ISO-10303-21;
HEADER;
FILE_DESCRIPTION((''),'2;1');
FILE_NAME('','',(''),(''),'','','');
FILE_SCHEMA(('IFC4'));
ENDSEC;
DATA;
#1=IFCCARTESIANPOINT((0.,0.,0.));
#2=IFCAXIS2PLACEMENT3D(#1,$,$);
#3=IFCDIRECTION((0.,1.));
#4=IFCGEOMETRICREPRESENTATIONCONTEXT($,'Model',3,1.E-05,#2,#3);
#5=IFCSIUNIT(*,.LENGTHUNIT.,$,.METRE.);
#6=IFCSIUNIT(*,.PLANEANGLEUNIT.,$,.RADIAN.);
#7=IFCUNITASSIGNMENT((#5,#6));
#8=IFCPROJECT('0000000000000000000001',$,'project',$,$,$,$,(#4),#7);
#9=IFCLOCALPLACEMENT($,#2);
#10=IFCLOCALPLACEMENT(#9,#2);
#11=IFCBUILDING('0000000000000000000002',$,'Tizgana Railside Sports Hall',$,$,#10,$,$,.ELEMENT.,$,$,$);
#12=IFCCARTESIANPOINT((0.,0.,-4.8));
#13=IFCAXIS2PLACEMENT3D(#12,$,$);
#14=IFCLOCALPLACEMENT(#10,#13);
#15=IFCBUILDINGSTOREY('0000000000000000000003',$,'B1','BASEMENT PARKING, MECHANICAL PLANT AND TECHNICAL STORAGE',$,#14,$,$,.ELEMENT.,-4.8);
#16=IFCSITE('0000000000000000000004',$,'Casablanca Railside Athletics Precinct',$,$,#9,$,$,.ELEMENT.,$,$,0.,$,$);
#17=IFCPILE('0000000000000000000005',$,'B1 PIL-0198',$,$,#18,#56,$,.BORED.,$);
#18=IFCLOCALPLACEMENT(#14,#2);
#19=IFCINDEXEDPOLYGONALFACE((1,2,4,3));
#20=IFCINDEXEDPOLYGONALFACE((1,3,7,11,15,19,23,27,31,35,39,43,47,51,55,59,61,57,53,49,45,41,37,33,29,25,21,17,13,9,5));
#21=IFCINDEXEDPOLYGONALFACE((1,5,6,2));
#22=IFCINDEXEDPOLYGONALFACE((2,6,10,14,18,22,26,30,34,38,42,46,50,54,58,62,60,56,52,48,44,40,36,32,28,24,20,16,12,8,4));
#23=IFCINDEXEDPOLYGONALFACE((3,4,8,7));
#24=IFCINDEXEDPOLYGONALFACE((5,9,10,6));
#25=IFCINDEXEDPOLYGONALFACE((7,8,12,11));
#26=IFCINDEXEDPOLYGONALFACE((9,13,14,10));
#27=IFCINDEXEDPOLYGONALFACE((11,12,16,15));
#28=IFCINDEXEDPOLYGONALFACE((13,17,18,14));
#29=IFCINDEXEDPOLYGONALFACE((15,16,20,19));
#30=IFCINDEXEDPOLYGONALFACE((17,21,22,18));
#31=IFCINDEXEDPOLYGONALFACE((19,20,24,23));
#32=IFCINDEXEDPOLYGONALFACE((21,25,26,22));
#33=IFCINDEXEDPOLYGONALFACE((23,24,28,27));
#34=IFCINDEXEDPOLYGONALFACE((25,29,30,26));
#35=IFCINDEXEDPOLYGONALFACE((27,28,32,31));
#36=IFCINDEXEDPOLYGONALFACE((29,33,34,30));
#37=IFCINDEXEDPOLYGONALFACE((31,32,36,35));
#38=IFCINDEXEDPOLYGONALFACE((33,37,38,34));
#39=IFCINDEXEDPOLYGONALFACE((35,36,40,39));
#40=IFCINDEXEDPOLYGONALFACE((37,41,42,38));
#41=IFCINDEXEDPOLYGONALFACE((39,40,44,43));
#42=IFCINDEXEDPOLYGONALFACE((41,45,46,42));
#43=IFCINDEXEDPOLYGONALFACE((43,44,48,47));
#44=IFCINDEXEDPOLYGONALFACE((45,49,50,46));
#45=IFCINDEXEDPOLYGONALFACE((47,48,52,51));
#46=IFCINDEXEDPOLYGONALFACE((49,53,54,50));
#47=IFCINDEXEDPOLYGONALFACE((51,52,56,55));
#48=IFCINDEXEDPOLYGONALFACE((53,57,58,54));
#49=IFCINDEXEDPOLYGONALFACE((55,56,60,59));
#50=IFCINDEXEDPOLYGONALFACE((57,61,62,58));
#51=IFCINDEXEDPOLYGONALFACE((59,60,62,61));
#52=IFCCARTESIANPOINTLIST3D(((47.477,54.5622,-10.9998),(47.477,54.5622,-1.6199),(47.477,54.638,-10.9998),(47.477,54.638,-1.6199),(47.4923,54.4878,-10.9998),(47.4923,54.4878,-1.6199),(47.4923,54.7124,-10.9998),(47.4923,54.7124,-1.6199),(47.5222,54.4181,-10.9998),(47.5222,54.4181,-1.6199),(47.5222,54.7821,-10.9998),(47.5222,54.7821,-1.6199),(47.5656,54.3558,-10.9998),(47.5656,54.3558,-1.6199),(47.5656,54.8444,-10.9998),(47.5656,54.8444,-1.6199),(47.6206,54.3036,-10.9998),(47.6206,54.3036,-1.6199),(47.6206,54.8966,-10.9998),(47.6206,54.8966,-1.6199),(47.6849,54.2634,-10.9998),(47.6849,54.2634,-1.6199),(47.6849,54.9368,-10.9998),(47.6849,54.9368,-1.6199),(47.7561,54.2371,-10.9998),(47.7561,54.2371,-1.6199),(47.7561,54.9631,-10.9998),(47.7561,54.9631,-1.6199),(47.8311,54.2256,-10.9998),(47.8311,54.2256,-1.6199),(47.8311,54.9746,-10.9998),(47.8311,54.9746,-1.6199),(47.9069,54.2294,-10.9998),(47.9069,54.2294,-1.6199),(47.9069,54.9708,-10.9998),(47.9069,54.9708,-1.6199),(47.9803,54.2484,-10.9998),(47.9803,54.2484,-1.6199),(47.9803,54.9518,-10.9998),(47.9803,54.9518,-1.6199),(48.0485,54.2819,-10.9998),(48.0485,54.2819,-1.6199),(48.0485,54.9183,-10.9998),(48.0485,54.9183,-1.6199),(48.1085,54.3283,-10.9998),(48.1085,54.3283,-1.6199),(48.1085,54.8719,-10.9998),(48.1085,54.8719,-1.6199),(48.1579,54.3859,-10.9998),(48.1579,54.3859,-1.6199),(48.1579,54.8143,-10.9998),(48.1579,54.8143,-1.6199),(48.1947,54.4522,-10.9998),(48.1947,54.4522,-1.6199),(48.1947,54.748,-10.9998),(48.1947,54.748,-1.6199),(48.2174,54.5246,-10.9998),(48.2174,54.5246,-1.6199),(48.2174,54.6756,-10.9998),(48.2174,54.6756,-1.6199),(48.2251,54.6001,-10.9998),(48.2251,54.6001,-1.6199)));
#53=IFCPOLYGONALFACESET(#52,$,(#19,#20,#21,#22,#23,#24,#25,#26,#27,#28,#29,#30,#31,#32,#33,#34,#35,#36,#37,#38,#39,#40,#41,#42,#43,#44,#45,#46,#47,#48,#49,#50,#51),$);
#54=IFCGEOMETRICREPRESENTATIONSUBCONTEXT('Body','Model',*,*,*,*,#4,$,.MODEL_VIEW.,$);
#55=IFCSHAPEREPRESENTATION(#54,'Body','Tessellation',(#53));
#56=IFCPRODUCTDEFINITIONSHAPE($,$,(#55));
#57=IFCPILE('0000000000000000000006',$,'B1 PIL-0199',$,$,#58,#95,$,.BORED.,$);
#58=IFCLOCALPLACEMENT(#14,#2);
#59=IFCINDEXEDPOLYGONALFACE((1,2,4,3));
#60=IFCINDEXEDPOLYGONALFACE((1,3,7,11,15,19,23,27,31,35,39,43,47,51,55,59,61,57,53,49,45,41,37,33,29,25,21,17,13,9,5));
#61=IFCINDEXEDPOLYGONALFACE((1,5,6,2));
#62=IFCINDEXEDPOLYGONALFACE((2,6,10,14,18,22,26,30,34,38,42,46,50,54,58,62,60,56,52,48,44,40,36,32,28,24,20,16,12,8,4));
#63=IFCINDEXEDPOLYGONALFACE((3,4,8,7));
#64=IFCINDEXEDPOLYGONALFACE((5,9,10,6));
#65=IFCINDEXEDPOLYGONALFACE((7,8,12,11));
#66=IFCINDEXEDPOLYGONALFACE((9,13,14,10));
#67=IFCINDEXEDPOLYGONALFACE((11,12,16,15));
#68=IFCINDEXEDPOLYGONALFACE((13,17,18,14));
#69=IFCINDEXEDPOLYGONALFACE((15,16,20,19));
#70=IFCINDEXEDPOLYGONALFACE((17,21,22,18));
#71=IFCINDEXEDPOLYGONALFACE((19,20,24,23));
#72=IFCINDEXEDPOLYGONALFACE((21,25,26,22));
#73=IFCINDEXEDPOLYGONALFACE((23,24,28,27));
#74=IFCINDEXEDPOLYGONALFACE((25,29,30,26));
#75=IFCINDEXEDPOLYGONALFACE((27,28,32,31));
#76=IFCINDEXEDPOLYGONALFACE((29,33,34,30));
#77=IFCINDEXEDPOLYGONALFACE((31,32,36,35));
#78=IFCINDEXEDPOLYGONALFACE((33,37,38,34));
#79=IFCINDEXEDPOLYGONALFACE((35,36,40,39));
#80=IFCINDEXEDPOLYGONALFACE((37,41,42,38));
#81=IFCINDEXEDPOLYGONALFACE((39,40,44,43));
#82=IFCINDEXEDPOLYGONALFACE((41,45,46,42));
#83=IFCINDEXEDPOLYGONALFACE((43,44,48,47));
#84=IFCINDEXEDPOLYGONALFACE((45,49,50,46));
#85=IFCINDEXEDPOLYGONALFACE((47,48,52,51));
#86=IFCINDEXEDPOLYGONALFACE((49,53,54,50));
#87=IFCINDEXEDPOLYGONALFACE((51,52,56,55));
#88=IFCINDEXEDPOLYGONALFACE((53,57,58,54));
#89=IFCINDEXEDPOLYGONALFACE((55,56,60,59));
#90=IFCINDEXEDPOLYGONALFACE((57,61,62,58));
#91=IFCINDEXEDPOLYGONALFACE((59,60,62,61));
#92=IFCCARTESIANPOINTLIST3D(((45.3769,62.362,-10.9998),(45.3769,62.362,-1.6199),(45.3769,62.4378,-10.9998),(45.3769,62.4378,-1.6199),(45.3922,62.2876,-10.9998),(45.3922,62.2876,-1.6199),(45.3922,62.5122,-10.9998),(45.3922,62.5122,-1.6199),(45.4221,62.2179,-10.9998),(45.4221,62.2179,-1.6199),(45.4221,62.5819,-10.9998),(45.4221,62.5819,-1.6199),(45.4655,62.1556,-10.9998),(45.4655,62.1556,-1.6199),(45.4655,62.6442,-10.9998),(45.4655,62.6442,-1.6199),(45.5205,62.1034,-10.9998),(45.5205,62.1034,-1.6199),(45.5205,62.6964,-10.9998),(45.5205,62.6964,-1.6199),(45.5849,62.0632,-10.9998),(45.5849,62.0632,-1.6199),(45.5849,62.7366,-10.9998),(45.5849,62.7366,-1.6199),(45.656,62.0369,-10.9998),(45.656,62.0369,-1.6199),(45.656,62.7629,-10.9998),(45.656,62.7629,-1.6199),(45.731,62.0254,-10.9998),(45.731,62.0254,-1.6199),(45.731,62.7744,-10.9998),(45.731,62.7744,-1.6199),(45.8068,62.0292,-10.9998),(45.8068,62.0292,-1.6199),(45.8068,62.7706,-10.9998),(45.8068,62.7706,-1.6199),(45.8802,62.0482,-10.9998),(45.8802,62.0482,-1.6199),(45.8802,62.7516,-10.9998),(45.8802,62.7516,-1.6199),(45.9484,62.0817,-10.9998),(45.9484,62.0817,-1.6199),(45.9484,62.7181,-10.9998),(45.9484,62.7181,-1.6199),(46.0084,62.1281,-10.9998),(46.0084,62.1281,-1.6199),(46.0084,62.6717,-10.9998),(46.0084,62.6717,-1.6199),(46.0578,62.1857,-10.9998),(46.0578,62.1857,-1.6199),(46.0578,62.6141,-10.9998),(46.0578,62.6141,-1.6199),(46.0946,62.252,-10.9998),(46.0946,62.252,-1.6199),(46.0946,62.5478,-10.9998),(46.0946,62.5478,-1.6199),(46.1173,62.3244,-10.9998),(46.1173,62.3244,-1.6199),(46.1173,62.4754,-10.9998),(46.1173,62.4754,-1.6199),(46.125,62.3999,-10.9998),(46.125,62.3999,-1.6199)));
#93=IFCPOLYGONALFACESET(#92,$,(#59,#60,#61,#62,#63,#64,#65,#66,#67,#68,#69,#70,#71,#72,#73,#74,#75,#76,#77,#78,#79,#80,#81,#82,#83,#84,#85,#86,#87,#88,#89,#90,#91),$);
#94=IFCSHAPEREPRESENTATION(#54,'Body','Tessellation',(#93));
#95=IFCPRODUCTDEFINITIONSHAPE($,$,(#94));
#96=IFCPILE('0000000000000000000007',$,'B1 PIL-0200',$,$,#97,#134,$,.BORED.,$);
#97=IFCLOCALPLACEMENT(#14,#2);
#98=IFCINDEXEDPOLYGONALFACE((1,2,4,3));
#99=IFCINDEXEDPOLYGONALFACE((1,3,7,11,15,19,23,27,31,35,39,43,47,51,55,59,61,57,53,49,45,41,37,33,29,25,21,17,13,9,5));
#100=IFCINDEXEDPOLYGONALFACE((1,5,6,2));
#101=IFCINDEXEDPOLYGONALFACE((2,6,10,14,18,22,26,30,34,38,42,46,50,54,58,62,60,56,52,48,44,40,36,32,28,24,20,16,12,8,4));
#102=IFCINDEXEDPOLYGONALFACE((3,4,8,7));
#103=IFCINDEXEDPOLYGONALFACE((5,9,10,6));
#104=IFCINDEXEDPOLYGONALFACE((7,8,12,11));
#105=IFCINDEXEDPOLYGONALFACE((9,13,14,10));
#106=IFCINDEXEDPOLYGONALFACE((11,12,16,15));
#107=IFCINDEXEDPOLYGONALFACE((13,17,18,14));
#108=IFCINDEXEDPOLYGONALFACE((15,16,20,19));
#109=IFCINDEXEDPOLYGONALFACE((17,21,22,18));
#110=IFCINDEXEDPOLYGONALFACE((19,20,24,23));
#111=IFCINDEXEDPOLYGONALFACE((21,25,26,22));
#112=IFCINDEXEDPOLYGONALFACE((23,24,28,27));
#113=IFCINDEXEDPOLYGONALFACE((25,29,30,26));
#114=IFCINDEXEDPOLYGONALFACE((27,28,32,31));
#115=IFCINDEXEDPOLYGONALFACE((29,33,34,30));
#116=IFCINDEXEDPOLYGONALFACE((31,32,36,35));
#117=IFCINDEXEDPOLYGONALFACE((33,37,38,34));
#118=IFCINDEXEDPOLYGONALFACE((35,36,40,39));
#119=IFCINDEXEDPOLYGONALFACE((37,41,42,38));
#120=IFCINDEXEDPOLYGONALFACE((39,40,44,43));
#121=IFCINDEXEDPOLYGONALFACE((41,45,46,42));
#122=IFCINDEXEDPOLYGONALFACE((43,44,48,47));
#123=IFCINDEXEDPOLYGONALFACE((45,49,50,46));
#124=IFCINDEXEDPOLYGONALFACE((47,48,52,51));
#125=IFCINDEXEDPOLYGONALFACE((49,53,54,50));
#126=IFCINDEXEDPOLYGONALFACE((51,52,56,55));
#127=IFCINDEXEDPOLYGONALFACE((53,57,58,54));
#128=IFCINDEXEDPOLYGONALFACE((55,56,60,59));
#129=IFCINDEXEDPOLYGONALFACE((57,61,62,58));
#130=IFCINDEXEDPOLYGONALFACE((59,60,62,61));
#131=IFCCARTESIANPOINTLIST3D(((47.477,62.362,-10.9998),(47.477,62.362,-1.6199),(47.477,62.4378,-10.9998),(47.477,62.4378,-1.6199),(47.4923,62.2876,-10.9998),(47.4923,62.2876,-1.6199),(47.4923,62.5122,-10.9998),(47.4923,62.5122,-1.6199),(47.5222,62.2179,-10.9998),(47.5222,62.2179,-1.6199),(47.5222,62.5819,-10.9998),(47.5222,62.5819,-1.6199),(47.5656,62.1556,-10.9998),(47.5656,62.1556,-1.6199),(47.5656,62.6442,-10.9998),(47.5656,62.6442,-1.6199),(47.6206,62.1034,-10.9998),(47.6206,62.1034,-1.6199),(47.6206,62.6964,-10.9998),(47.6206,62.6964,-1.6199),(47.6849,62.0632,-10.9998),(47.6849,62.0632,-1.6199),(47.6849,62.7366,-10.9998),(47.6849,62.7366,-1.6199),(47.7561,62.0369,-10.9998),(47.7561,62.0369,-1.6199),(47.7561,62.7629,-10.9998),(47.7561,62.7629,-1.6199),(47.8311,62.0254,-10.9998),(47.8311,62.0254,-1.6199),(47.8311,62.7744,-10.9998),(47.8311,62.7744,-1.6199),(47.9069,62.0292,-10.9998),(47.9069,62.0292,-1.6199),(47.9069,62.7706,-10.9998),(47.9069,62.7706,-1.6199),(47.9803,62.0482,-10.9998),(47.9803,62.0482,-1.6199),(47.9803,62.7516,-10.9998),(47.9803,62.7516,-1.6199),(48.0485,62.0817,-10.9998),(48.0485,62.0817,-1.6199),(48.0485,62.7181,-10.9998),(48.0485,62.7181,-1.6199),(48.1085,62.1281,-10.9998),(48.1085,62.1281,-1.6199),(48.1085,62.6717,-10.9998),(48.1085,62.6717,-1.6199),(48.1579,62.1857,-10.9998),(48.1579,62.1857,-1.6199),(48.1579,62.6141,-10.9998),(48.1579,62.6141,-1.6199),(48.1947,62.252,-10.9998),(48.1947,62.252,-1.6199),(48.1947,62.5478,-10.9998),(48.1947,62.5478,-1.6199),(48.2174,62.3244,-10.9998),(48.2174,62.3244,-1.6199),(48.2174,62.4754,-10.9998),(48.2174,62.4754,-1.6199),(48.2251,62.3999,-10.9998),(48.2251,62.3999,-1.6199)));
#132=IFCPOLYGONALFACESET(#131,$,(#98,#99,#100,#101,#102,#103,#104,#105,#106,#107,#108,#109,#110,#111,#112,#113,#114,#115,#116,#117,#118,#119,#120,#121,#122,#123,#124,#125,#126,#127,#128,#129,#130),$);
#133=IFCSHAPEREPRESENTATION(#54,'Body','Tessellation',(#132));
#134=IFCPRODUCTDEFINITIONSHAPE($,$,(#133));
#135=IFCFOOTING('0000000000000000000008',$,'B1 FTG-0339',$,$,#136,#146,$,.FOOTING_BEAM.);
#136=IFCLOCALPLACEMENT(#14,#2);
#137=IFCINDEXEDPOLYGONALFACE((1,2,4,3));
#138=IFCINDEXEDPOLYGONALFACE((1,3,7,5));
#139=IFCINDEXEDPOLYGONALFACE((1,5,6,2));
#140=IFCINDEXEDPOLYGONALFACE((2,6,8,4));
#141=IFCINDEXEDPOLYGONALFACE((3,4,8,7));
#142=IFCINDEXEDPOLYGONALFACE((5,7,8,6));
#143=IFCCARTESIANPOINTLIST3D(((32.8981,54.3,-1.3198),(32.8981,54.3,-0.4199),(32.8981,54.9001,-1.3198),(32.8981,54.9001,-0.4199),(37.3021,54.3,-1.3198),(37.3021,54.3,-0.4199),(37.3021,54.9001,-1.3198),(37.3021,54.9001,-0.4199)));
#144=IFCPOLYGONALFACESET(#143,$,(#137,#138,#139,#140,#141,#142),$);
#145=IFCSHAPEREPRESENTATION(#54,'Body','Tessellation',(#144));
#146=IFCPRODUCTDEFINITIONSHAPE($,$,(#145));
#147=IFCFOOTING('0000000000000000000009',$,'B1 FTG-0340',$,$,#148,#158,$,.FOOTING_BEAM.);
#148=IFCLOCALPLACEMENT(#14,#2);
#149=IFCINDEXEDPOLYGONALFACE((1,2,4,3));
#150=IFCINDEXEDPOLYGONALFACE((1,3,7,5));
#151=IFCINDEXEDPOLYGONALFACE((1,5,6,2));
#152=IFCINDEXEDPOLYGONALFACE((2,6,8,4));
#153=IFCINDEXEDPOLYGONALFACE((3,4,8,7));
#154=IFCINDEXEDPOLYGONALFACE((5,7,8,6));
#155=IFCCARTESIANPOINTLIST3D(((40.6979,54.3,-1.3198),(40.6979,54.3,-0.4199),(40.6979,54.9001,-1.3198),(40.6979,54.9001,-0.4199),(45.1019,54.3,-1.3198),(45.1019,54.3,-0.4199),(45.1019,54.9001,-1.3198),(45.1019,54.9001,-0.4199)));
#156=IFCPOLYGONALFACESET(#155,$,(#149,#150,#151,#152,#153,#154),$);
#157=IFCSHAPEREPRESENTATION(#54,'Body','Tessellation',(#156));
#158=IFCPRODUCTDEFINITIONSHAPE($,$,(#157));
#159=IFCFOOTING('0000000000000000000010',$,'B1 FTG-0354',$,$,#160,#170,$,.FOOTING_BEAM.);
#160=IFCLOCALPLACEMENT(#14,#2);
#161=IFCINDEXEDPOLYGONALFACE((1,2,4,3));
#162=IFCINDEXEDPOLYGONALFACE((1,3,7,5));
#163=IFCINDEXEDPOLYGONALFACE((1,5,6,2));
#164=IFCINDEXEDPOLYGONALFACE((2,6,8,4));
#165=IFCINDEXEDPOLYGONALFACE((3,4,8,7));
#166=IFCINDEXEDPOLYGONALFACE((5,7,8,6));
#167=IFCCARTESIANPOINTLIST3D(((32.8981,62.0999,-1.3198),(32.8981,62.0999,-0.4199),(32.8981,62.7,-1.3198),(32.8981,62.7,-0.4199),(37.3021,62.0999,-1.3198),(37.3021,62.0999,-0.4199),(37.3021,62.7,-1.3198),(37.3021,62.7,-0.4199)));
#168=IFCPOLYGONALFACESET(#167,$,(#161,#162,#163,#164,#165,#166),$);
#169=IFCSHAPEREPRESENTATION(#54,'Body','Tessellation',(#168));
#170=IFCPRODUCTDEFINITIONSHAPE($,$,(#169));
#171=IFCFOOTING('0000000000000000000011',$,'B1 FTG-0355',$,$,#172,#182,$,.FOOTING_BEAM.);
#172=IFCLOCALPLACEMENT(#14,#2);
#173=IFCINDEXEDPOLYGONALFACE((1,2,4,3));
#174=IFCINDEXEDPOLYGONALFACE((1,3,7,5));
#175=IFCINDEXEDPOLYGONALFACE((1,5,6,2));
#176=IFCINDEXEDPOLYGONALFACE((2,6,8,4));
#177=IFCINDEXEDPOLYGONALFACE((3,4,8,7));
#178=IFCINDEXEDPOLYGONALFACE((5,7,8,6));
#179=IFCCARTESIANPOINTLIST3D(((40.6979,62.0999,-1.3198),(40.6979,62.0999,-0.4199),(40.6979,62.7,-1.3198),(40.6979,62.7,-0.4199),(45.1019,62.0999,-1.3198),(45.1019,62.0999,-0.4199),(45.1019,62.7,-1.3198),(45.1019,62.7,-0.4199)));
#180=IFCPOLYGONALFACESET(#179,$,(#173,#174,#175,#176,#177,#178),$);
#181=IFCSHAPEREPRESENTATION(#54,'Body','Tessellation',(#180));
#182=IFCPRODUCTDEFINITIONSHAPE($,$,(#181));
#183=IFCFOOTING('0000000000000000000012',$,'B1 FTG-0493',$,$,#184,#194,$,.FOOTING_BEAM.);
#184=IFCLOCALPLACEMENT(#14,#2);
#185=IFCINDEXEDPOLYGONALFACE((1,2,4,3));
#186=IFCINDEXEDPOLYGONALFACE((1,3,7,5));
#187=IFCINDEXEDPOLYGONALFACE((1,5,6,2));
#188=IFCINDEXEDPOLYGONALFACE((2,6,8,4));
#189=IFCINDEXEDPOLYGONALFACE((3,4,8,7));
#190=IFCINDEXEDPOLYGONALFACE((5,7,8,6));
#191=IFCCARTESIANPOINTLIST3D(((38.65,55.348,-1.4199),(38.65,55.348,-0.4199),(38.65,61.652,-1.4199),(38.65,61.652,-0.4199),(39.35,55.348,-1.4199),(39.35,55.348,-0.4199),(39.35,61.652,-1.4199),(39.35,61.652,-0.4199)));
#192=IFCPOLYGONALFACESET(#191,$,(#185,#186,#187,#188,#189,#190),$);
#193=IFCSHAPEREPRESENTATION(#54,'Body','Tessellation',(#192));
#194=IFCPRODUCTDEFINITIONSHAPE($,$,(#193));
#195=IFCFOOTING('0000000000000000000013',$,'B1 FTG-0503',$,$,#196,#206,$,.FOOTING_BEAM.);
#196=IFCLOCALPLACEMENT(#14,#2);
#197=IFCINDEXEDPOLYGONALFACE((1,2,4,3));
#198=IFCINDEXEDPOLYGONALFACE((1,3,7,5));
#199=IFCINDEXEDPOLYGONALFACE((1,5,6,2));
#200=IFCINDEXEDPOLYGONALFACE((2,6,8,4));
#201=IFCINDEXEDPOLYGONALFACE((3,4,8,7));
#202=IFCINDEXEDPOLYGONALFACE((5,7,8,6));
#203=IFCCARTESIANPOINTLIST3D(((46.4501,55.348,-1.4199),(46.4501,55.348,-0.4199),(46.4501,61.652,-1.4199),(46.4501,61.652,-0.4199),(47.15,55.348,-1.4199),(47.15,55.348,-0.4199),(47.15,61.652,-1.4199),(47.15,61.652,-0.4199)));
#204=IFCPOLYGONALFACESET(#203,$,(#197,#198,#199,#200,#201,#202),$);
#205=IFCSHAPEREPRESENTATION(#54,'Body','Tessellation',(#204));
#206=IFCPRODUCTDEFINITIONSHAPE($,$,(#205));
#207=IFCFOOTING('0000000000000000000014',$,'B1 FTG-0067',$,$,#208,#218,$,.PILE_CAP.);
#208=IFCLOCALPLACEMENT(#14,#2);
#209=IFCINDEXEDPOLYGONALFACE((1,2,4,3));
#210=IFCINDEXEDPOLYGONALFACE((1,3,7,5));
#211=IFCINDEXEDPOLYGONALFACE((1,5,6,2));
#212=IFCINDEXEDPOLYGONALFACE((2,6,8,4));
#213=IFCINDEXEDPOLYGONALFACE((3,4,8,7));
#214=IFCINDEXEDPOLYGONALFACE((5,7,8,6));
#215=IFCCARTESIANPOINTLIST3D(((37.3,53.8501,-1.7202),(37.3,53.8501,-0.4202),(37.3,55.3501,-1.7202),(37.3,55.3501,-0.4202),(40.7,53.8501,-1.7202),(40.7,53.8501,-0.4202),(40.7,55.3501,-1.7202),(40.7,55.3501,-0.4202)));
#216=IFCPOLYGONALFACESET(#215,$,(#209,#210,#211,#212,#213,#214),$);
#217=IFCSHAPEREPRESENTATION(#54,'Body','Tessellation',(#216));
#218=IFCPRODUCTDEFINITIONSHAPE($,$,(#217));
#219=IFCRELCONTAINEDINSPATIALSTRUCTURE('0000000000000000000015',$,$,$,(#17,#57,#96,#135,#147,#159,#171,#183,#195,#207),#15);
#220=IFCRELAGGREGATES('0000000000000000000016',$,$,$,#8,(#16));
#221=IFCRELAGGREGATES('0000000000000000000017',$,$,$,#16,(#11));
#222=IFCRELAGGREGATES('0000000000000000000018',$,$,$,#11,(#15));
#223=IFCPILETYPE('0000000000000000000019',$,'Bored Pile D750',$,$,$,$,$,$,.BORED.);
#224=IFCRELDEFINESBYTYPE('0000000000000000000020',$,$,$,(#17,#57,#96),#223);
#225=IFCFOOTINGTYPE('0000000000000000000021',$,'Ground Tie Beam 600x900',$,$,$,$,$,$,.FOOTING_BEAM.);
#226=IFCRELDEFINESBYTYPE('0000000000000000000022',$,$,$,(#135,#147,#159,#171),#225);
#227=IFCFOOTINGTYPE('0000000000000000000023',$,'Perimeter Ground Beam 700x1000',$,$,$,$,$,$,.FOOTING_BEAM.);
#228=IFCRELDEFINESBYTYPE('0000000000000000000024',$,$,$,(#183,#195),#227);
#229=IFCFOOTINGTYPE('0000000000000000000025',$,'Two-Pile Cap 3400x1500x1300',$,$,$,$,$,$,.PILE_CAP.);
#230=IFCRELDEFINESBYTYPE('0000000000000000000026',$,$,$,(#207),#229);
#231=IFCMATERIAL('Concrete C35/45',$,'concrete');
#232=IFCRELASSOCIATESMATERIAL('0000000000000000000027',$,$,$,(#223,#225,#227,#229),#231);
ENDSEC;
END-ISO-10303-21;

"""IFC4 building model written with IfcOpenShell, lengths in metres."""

from ifc_helpers import new_model, si_unit, direction, frame, origin, origin_2d, place, context, subcontext, project, spatial, rectangle, circle, extrude, material, material_profile, profile_set, type_object, element, save


model = new_model("IFC4")

# Units and contexts
model_context = context("Model", 3, precision=1e-05, world=origin(), true_north=direction((0.0, 1.0)))
body_context = subcontext(model_context, "Body", "Model", "MODEL_VIEW")
ifc_project = project(units=[si_unit("LENGTHUNIT", "METRE"), si_unit("PLANEANGLEUNIT", "RADIAN")], contexts=[model_context])

# Site, building, storey
site_placement = place(None, origin())
site = spatial("IfcSite", under=ifc_project, at=site_placement, Name="Casablanca Railside Athletics Precinct", CompositionType="ELEMENT", RefElevation=0.0)
building_placement = place(site_placement, origin())
building = spatial("IfcBuilding", under=site, at=building_placement, Name="Tizgana Railside Sports Hall", CompositionType="ELEMENT")
storey_placement = place(building_placement, frame((0.0, 0.0, -4.8)))
storey = spatial("IfcBuildingStorey", under=building, at=storey_placement, Name="B1", Description="BASEMENT PARKING, MECHANICAL PLANT AND TECHNICAL STORAGE", CompositionType="ELEMENT", Elevation=-4.8)

# Piles
ifc_material_1 = material(Name="Concrete C35/45", Category="concrete")
ifc_material_profile_1 = material_profile(ifc_material_1, circle(Radius=0.375, at=origin_2d()), Name="PILE D750")
ifc_profile_set_1 = profile_set([ifc_material_profile_1], Name="Concrete C35/45")
pile_type = type_object("IfcPileType", Name="Bored Pile D750", PredefinedType="BORED", material=ifc_profile_set_1)
for number, where, z_axis, x_axis, name in (
    (1, (47.8501, 54.6001, -1.6199), (0.0, 0.0, -1.0), (1.0, 0.0, 0.0), "B1 PIL-0198"),
    (2, (45.75, 62.3999, -1.6199), (0.0, 0.0, -1.0), (1.0, 0.0, 0.0), "B1 PIL-0199"),
    (3, (47.8501, 62.3999, -1.6199), (0.0, 0.0, -1.0), (1.0, 0.0, 0.0), "B1 PIL-0200"),
):
    element("IfcPile", number, at=place(storey_placement, frame(where, z_axis=z_axis, x_axis=x_axis)), inside=storey, type_object=pile_type, Name=name, PredefinedType="BORED", context=body_context, shape_type="SweptSolid", body=[
        extrude(circle(Radius=0.375, at=origin_2d()), origin(), (0.0, 0.0, 1.0), 9.3799),
    ])

# Footings
footing_type_1 = type_object("IfcFootingType", Name="Ground Tie Beam 600x900", PredefinedType="FOOTING_BEAM", material=ifc_material_1)
for number, where, z_axis, x_axis, name in (
    (4, (35.1001, 54.6001, -1.3198), (0.0, 0.0, 1.0), (1.0, 0.0, 0.0), "B1 FTG-0339"),
    (5, (42.8999, 54.6001, -1.3198), (0.0, 0.0, 1.0), (1.0, 0.0, 0.0), "B1 FTG-0340"),
    (6, (35.1001, 62.3999, -1.3198), (0.0, 0.0, 1.0), (1.0, 0.0, 0.0), "B1 FTG-0354"),
    (7, (42.8999, 62.3999, -1.3198), (0.0, 0.0, 1.0), (1.0, 0.0, 0.0), "B1 FTG-0355"),
):
    element("IfcFooting", number, at=place(storey_placement, frame(where, z_axis=z_axis, x_axis=x_axis)), inside=storey, type_object=footing_type_1, Name=name, PredefinedType="FOOTING_BEAM", context=body_context, shape_type="SweptSolid", body=[
        extrude(rectangle(XDim=4.4041, YDim=0.6001, at=origin_2d()), origin(), (0.0, 0.0, 1.0), 0.8999),
    ])
footing_type_2 = type_object("IfcFootingType", Name="Perimeter Ground Beam 700x1000", PredefinedType="FOOTING_BEAM", material=ifc_material_1)
for number, where, z_axis, x_axis, name in (
    (8, (39.0, 58.5, -1.4199), (0.0, 0.0, 1.0), (0.0, 1.0, 0.0), "B1 FTG-0493"),
    (9, (46.8, 58.5, -1.4199), (0.0, 0.0, 1.0), (0.0, 1.0, 0.0), "B1 FTG-0503"),
):
    element("IfcFooting", number, at=place(storey_placement, frame(where, z_axis=z_axis, x_axis=x_axis)), inside=storey, type_object=footing_type_2, Name=name, PredefinedType="FOOTING_BEAM", context=body_context, shape_type="SweptSolid", body=[
        extrude(rectangle(XDim=6.304, YDim=0.7, at=origin_2d()), origin(), (0.0, 0.0, 1.0), 1.0),
    ])
footing_type_3 = type_object("IfcFootingType", Name="Two-Pile Cap 3400x1500x1300", PredefinedType="PILE_CAP", material=ifc_material_1)
for number, where, z_axis, x_axis, name in (
    (10, (39.0, 54.6001, -1.7202), (0.0, 0.0, 1.0), (1.0, 0.0, 0.0), "B1 FTG-0067"),
):
    element("IfcFooting", number, at=place(storey_placement, frame(where, z_axis=z_axis, x_axis=x_axis)), inside=storey, type_object=footing_type_3, Name=name, PredefinedType="PILE_CAP", context=body_context, shape_type="SweptSolid", body=[
        extrude(rectangle(XDim=3.3999, YDim=1.5, at=origin_2d()), origin(), (0.0, 0.0, 1.0), 1.3),
    ])

save(model, "model.ifc")
